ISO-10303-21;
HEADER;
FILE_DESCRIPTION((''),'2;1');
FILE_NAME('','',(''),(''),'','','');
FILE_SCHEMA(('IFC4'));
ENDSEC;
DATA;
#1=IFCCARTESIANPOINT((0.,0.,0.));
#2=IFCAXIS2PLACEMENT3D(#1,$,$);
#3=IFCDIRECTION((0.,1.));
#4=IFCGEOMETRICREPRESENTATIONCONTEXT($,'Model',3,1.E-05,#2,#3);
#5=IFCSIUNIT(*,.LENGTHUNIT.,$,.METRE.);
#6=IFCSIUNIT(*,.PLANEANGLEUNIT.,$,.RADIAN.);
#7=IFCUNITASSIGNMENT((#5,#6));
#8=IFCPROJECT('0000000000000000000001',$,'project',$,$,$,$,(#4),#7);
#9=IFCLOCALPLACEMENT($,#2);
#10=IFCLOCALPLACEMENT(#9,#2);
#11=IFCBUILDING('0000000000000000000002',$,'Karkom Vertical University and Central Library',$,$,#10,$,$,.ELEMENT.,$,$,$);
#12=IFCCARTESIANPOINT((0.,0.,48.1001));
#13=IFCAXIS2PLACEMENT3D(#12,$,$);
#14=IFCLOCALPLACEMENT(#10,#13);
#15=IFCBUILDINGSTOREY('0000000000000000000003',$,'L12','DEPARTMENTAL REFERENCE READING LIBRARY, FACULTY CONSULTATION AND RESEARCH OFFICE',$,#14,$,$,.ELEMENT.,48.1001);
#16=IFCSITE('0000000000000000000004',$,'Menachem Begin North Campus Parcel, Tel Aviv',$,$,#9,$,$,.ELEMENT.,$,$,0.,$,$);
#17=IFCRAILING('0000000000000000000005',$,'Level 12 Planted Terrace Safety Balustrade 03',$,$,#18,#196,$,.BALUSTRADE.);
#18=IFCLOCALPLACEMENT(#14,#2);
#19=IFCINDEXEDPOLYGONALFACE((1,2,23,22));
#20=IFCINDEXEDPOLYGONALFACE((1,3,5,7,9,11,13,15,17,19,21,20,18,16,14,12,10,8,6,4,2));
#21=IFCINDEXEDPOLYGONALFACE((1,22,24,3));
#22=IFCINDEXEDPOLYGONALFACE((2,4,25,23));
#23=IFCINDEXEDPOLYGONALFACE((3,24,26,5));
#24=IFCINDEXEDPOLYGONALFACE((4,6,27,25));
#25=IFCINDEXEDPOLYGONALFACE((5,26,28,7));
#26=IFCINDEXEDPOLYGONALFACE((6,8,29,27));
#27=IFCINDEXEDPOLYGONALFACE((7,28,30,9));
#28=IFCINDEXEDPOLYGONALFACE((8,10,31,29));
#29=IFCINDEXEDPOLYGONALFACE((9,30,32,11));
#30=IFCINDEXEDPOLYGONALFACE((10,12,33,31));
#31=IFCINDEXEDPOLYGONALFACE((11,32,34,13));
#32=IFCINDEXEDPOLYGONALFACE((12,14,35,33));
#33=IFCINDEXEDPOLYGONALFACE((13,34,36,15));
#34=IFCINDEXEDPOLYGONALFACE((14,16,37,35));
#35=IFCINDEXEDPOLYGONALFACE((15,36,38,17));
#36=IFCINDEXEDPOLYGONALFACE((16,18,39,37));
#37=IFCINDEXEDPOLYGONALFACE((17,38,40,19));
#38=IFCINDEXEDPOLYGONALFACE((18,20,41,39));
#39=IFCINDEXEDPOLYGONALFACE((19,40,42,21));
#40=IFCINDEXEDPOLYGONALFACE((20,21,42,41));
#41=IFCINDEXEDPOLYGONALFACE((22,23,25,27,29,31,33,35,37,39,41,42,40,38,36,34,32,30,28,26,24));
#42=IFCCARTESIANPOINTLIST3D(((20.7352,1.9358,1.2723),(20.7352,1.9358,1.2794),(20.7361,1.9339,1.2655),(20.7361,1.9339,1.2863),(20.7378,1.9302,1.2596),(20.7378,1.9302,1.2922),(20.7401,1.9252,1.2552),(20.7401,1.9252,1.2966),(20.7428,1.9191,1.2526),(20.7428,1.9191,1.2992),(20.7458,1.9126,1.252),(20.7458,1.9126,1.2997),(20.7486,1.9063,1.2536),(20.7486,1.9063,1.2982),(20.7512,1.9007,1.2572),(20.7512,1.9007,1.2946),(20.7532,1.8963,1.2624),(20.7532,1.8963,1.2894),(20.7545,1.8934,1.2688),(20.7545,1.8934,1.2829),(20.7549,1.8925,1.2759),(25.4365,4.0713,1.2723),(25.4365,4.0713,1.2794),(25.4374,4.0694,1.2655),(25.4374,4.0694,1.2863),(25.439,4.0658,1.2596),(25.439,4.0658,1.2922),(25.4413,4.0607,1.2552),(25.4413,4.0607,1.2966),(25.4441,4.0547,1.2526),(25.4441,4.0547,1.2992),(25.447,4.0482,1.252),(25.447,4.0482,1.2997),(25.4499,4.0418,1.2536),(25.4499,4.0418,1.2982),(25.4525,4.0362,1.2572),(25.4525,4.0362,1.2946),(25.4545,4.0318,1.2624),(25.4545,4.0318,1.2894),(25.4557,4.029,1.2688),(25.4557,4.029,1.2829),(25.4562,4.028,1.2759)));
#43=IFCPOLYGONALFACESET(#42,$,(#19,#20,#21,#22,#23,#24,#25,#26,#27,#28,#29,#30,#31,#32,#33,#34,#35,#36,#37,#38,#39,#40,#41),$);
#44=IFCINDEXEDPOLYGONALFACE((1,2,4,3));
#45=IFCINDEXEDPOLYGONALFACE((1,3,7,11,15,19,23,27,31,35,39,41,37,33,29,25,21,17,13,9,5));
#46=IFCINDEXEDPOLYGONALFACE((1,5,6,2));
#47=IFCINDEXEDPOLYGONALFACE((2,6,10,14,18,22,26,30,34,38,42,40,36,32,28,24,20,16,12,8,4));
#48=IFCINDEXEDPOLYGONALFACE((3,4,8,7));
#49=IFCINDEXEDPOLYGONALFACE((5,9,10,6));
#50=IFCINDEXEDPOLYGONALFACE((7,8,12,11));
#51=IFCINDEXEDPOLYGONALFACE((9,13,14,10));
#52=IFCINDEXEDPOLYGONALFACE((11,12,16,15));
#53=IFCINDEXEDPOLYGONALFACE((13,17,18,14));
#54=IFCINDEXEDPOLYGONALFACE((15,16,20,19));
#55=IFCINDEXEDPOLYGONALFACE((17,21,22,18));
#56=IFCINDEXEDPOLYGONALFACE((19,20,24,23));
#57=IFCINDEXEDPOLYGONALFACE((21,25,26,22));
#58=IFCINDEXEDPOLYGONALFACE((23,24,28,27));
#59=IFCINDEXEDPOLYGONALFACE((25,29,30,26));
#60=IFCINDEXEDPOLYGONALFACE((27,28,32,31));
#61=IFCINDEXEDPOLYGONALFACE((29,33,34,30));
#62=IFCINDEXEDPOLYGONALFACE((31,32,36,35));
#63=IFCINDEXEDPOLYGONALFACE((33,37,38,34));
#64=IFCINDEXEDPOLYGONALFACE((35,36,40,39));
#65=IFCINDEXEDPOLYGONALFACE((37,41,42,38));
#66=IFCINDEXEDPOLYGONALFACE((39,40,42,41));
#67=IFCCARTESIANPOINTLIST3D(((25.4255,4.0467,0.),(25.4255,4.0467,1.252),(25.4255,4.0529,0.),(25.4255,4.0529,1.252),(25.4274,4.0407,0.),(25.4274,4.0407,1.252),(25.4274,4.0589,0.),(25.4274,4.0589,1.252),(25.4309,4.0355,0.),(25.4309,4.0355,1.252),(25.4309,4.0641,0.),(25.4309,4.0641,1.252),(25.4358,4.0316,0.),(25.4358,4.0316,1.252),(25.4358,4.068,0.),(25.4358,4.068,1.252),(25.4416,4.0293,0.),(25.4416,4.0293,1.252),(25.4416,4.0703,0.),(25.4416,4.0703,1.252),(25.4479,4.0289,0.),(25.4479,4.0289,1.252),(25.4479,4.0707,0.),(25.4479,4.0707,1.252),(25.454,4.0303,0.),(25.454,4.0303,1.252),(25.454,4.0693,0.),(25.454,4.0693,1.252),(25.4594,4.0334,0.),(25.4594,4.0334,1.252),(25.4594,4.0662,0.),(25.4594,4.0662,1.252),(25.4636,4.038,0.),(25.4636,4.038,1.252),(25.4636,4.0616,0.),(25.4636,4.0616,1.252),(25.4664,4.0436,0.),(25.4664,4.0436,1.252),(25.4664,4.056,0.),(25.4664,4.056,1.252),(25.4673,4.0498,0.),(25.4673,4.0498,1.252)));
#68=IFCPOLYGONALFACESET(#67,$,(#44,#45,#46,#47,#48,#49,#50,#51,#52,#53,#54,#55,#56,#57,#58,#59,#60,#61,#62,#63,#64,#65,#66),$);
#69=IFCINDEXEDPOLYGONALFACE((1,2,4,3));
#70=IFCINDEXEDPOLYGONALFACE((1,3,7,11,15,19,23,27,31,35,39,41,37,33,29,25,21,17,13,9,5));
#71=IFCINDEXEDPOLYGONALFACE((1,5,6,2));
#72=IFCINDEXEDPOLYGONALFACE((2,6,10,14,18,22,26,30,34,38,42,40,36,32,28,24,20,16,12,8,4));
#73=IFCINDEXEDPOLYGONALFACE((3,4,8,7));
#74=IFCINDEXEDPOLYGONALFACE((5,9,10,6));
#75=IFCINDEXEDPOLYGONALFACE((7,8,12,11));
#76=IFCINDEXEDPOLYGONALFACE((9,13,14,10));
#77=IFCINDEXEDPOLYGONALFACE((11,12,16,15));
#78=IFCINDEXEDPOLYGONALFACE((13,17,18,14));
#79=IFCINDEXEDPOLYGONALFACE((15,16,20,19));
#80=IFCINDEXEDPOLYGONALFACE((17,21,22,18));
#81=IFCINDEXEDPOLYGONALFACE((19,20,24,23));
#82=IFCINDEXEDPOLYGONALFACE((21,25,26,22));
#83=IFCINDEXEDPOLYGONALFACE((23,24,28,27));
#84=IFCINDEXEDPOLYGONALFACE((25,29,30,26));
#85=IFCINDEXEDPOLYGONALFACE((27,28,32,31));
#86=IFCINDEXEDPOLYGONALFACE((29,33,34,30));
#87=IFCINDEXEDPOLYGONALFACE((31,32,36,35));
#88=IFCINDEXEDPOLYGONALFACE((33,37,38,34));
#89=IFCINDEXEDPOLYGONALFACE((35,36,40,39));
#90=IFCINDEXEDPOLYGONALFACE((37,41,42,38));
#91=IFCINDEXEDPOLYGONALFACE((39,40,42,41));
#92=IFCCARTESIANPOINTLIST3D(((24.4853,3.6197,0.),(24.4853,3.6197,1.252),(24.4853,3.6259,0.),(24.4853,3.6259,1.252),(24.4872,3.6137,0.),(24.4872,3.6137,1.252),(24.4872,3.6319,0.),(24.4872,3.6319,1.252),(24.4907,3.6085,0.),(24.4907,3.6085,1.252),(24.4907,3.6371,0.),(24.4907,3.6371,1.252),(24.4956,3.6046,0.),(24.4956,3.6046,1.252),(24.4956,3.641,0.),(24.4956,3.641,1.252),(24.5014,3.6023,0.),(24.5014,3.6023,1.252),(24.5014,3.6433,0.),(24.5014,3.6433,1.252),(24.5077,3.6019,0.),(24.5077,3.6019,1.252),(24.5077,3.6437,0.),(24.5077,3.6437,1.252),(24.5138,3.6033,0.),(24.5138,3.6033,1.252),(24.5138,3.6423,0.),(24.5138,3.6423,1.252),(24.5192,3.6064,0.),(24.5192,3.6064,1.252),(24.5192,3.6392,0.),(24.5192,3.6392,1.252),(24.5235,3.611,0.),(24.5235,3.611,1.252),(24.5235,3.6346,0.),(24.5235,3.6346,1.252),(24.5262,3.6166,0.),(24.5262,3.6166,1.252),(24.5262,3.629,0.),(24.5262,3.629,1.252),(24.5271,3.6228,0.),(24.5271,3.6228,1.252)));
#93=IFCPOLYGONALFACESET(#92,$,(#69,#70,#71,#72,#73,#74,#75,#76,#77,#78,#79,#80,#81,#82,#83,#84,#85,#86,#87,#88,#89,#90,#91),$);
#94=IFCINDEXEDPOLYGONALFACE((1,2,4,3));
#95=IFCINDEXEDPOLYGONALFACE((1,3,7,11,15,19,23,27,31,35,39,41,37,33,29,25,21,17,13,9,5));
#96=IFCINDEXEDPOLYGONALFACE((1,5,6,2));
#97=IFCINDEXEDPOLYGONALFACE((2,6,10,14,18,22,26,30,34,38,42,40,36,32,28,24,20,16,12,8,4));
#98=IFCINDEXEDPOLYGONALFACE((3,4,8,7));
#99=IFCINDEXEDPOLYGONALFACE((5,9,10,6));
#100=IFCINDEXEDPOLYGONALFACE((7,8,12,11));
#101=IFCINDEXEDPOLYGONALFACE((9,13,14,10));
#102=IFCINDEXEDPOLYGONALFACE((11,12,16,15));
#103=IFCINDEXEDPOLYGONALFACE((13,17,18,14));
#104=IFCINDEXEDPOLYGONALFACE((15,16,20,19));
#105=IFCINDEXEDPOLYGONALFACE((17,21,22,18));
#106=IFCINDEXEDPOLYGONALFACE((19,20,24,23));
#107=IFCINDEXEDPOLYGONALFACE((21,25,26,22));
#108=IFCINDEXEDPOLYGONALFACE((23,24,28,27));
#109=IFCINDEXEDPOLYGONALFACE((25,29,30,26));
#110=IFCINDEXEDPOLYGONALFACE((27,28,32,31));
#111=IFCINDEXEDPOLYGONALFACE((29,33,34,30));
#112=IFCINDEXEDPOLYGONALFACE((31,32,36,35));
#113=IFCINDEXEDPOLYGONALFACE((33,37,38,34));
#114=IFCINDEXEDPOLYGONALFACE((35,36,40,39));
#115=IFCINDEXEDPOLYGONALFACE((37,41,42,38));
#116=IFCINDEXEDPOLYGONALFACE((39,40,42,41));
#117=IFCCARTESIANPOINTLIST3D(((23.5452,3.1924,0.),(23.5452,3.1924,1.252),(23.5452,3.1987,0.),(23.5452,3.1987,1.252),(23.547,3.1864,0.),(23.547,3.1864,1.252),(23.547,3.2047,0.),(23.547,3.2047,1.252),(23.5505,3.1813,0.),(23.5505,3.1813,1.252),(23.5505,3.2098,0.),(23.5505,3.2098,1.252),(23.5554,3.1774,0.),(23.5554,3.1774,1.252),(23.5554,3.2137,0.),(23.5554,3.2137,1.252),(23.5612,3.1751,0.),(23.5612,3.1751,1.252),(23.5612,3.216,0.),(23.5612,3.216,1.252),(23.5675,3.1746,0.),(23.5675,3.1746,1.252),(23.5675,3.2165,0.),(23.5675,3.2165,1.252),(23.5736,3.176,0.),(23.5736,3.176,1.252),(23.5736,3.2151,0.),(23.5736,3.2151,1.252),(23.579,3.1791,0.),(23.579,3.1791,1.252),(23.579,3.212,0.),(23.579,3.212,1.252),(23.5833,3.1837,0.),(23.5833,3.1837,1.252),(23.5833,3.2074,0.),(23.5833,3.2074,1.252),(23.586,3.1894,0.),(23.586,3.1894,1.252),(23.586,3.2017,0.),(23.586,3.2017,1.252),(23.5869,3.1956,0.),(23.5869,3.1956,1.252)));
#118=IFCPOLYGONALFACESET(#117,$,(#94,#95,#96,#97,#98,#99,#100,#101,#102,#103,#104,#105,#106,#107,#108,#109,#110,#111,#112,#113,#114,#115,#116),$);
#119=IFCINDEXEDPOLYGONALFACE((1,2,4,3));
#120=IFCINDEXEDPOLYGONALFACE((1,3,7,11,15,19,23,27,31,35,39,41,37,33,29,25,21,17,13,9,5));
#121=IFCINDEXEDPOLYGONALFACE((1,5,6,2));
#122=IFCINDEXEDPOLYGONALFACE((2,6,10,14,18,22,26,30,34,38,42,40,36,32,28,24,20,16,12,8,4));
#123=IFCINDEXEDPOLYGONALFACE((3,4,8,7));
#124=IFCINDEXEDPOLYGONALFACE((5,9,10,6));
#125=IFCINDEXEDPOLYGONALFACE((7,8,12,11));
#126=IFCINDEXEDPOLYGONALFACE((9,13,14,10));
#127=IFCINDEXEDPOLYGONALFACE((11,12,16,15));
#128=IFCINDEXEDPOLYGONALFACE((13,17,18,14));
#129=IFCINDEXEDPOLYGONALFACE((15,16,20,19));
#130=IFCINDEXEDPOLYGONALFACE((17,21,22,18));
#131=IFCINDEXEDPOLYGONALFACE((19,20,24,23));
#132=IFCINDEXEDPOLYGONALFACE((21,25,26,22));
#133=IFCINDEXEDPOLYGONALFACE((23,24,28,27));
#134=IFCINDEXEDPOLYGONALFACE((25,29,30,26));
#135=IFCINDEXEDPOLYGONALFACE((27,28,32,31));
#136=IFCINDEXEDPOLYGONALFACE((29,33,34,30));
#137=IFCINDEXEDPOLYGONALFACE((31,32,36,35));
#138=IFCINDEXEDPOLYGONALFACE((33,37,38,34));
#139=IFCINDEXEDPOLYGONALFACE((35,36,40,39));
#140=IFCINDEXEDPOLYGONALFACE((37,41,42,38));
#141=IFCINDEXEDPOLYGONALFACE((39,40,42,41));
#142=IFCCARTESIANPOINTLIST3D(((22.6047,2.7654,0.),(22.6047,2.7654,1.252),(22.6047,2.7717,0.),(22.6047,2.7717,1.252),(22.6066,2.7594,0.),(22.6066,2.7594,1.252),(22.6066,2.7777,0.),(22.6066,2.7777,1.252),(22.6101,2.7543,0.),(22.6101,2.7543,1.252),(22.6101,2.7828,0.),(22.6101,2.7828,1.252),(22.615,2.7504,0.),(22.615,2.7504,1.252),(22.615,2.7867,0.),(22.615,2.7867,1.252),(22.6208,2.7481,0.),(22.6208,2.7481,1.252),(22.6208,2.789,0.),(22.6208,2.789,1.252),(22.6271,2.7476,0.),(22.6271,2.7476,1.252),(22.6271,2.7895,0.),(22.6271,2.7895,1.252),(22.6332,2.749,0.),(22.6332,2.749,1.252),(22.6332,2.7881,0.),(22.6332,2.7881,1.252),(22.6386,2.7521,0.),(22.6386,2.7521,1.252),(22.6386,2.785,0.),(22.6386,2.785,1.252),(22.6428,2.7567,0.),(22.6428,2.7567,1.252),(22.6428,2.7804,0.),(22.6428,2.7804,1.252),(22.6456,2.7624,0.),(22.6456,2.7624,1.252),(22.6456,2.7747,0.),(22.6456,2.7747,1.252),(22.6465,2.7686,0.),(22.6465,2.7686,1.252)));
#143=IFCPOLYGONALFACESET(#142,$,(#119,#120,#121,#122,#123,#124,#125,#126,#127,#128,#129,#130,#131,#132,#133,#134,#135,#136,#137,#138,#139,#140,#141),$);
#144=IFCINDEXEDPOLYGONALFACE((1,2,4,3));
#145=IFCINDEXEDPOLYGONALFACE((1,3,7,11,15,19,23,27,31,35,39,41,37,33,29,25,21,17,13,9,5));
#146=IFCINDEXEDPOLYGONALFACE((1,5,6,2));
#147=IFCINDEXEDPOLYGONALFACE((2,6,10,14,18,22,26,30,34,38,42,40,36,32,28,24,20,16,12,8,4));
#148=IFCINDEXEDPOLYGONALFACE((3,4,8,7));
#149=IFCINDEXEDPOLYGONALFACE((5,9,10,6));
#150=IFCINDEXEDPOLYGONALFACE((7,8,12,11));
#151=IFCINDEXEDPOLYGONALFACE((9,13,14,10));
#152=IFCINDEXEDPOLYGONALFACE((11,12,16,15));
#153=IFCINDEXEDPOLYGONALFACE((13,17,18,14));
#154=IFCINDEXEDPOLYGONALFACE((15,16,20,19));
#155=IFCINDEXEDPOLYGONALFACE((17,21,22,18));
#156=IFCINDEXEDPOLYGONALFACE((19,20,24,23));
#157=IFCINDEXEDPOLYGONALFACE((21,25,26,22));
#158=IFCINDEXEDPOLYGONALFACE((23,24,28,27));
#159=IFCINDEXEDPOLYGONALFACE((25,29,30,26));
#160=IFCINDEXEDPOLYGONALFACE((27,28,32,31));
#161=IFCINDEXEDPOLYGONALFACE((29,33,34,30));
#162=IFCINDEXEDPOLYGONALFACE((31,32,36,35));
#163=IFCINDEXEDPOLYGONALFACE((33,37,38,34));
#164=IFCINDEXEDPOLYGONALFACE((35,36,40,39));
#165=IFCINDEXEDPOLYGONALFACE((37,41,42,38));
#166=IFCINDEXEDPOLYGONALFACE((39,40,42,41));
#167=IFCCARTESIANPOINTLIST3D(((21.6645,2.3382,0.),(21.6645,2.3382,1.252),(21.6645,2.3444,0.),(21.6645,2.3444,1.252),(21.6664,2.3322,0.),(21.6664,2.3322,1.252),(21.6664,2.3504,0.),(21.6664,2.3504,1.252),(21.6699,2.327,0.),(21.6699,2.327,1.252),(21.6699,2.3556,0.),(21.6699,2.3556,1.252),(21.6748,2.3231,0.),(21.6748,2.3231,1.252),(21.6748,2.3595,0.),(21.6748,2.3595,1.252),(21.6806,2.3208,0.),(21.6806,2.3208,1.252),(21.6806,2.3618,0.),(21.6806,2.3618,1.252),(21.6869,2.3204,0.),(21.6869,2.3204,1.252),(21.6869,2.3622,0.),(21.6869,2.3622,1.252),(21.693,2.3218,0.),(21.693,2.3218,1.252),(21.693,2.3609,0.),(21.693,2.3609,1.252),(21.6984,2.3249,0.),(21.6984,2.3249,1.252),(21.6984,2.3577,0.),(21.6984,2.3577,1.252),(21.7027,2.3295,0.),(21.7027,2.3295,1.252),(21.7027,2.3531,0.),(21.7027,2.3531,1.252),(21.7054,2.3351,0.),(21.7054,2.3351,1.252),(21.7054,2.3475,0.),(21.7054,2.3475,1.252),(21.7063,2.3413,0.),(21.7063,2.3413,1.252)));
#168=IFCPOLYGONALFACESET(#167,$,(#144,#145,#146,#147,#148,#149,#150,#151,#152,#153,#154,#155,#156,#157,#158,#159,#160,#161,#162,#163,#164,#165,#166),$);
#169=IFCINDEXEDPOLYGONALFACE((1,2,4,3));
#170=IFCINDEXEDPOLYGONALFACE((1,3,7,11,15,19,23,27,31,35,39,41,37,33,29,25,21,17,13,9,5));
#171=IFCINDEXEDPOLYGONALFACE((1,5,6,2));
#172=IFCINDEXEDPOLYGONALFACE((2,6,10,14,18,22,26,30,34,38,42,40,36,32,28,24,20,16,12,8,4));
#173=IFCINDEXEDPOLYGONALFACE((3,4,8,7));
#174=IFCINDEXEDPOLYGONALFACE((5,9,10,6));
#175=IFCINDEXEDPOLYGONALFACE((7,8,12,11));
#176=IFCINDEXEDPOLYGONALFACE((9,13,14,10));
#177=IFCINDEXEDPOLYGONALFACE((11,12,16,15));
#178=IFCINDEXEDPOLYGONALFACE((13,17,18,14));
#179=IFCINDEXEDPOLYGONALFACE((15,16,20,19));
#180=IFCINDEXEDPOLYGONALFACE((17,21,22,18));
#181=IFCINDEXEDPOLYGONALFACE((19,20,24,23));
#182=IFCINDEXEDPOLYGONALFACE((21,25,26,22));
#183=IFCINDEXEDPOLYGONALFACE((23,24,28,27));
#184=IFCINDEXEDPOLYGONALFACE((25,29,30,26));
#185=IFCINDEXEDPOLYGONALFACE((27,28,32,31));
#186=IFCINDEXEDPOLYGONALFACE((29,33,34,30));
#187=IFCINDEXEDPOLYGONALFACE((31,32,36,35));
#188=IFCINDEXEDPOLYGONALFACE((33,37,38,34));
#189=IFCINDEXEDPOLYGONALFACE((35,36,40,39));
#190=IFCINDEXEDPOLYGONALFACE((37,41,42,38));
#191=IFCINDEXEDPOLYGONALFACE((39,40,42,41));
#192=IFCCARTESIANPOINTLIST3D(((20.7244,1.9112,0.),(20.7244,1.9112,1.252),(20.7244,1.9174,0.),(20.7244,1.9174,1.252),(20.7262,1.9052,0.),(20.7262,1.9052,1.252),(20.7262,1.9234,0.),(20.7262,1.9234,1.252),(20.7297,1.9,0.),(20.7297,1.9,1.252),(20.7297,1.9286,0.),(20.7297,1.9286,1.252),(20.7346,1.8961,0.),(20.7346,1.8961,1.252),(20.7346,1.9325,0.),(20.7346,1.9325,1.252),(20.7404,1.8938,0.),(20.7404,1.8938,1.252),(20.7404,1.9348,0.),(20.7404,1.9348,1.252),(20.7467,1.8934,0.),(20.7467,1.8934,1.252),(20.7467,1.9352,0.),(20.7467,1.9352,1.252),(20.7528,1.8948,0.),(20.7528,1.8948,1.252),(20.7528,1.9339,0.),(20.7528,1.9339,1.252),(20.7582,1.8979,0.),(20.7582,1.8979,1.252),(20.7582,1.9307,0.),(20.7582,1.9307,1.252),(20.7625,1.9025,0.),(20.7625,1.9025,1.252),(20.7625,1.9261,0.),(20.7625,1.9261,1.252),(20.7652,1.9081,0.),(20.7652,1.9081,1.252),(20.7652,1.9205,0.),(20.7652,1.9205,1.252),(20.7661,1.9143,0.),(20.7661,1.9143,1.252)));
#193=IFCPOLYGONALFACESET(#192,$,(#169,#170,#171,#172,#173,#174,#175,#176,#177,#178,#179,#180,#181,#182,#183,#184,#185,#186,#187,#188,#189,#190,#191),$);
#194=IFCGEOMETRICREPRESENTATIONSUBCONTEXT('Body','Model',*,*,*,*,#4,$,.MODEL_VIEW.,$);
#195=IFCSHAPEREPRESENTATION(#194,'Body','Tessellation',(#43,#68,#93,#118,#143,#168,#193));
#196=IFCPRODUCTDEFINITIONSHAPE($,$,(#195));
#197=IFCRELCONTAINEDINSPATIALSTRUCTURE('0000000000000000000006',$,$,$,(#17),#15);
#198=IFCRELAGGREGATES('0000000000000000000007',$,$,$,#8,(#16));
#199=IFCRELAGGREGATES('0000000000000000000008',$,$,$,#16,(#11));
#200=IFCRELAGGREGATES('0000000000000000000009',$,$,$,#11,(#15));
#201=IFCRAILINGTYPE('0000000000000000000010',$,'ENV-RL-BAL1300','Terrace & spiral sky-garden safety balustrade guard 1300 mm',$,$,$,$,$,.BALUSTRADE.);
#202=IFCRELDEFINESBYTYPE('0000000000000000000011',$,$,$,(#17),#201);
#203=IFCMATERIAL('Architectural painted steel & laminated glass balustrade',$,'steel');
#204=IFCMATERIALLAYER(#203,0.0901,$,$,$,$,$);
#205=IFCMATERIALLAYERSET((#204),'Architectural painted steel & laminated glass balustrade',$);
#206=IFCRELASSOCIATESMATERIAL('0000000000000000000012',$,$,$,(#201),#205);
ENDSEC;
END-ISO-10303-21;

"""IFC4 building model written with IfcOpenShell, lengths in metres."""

from ifc_helpers import new_model, si_unit, direction, frame, origin, origin_2d, place, context, subcontext, project, spatial, circle, extrude, material, layer, layer_set, type_object, element, save


model = new_model("IFC4")

# Units and contexts
model_context = context("Model", 3, precision=1e-05, world=origin(), true_north=direction((0.0, 1.0)))
body_context = subcontext(model_context, "Body", "Model", "MODEL_VIEW")
ifc_project = project(units=[si_unit("LENGTHUNIT", "METRE"), si_unit("PLANEANGLEUNIT", "RADIAN")], contexts=[model_context])

# Site, building, storey
site_placement = place(None, origin())
site = spatial("IfcSite", under=ifc_project, at=site_placement, Name="Menachem Begin North Campus Parcel, Tel Aviv", CompositionType="ELEMENT", RefElevation=0.0)
building_placement = place(site_placement, origin())
building = spatial("IfcBuilding", under=site, at=building_placement, Name="Karkom Vertical University and Central Library", CompositionType="ELEMENT")
storey_placement = place(building_placement, frame((0.0, 0.0, 48.1001)))
storey = spatial("IfcBuildingStorey", under=building, at=storey_placement, Name="L12", Description="DEPARTMENTAL REFERENCE READING LIBRARY, FACULTY CONSULTATION AND RESEARCH OFFICE", CompositionType="ELEMENT", Elevation=48.1001)

# Railing
ifc_material_1 = material(Name="Architectural painted steel & laminated glass balustrade", Category="steel")
ifc_layer_1 = layer(ifc_material_1, 0.0901)
ifc_layer_set_1 = layer_set([ifc_layer_1], Name="Architectural painted steel & laminated glass balustrade")
railing_type = type_object("IfcRailingType", Name="ENV-RL-BAL1300", Description="Terrace & spiral sky-garden safety balustrade guard 1300 mm", PredefinedType="BALUSTRADE", material=ifc_layer_set_1)
railing_1_placement = place(storey_placement, frame((25.4463, 4.0498, 0.0)))
element("IfcRailing", 1, at=railing_1_placement, inside=storey, type_object=railing_type, Name="Level 12 Planted Terrace Safety Balustrade 03", PredefinedType="BALUSTRADE", context=body_context, shape_type="SweptSolid", body=[
    extrude(circle(Radius=0.0239, at=origin_2d()), frame((0.0, 0.0, 1.2759), z_axis=(-0.910468, -0.413579, 0.0), x_axis=(0.413579, -0.910468, 0.0)), (0.0, 0.0, 1.0), 5.1636),
    extrude(circle(Radius=0.021, at=origin_2d()), origin(), (0.0, 0.0, 1.0), 1.252),
    extrude(circle(Radius=0.021, at=origin_2d()), frame((-0.9402, -0.427, 0.0)), (0.0, 0.0, 1.0), 1.252),
    extrude(circle(Radius=0.021, at=origin_2d()), frame((-1.8804, -0.8542, 0.0)), (0.0, 0.0, 1.0), 1.252),
    extrude(circle(Radius=0.021, at=origin_2d()), frame((-2.8208, -1.2812, 0.0)), (0.0, 0.0, 1.0), 1.252),
    extrude(circle(Radius=0.021, at=origin_2d()), frame((-3.761, -1.7085, 0.0)), (0.0, 0.0, 1.0), 1.252),
    extrude(circle(Radius=0.021, at=origin_2d()), frame((-4.7012, -2.1355, 0.0)), (0.0, 0.0, 1.0), 1.252),
])

save(model, "model.ifc")
